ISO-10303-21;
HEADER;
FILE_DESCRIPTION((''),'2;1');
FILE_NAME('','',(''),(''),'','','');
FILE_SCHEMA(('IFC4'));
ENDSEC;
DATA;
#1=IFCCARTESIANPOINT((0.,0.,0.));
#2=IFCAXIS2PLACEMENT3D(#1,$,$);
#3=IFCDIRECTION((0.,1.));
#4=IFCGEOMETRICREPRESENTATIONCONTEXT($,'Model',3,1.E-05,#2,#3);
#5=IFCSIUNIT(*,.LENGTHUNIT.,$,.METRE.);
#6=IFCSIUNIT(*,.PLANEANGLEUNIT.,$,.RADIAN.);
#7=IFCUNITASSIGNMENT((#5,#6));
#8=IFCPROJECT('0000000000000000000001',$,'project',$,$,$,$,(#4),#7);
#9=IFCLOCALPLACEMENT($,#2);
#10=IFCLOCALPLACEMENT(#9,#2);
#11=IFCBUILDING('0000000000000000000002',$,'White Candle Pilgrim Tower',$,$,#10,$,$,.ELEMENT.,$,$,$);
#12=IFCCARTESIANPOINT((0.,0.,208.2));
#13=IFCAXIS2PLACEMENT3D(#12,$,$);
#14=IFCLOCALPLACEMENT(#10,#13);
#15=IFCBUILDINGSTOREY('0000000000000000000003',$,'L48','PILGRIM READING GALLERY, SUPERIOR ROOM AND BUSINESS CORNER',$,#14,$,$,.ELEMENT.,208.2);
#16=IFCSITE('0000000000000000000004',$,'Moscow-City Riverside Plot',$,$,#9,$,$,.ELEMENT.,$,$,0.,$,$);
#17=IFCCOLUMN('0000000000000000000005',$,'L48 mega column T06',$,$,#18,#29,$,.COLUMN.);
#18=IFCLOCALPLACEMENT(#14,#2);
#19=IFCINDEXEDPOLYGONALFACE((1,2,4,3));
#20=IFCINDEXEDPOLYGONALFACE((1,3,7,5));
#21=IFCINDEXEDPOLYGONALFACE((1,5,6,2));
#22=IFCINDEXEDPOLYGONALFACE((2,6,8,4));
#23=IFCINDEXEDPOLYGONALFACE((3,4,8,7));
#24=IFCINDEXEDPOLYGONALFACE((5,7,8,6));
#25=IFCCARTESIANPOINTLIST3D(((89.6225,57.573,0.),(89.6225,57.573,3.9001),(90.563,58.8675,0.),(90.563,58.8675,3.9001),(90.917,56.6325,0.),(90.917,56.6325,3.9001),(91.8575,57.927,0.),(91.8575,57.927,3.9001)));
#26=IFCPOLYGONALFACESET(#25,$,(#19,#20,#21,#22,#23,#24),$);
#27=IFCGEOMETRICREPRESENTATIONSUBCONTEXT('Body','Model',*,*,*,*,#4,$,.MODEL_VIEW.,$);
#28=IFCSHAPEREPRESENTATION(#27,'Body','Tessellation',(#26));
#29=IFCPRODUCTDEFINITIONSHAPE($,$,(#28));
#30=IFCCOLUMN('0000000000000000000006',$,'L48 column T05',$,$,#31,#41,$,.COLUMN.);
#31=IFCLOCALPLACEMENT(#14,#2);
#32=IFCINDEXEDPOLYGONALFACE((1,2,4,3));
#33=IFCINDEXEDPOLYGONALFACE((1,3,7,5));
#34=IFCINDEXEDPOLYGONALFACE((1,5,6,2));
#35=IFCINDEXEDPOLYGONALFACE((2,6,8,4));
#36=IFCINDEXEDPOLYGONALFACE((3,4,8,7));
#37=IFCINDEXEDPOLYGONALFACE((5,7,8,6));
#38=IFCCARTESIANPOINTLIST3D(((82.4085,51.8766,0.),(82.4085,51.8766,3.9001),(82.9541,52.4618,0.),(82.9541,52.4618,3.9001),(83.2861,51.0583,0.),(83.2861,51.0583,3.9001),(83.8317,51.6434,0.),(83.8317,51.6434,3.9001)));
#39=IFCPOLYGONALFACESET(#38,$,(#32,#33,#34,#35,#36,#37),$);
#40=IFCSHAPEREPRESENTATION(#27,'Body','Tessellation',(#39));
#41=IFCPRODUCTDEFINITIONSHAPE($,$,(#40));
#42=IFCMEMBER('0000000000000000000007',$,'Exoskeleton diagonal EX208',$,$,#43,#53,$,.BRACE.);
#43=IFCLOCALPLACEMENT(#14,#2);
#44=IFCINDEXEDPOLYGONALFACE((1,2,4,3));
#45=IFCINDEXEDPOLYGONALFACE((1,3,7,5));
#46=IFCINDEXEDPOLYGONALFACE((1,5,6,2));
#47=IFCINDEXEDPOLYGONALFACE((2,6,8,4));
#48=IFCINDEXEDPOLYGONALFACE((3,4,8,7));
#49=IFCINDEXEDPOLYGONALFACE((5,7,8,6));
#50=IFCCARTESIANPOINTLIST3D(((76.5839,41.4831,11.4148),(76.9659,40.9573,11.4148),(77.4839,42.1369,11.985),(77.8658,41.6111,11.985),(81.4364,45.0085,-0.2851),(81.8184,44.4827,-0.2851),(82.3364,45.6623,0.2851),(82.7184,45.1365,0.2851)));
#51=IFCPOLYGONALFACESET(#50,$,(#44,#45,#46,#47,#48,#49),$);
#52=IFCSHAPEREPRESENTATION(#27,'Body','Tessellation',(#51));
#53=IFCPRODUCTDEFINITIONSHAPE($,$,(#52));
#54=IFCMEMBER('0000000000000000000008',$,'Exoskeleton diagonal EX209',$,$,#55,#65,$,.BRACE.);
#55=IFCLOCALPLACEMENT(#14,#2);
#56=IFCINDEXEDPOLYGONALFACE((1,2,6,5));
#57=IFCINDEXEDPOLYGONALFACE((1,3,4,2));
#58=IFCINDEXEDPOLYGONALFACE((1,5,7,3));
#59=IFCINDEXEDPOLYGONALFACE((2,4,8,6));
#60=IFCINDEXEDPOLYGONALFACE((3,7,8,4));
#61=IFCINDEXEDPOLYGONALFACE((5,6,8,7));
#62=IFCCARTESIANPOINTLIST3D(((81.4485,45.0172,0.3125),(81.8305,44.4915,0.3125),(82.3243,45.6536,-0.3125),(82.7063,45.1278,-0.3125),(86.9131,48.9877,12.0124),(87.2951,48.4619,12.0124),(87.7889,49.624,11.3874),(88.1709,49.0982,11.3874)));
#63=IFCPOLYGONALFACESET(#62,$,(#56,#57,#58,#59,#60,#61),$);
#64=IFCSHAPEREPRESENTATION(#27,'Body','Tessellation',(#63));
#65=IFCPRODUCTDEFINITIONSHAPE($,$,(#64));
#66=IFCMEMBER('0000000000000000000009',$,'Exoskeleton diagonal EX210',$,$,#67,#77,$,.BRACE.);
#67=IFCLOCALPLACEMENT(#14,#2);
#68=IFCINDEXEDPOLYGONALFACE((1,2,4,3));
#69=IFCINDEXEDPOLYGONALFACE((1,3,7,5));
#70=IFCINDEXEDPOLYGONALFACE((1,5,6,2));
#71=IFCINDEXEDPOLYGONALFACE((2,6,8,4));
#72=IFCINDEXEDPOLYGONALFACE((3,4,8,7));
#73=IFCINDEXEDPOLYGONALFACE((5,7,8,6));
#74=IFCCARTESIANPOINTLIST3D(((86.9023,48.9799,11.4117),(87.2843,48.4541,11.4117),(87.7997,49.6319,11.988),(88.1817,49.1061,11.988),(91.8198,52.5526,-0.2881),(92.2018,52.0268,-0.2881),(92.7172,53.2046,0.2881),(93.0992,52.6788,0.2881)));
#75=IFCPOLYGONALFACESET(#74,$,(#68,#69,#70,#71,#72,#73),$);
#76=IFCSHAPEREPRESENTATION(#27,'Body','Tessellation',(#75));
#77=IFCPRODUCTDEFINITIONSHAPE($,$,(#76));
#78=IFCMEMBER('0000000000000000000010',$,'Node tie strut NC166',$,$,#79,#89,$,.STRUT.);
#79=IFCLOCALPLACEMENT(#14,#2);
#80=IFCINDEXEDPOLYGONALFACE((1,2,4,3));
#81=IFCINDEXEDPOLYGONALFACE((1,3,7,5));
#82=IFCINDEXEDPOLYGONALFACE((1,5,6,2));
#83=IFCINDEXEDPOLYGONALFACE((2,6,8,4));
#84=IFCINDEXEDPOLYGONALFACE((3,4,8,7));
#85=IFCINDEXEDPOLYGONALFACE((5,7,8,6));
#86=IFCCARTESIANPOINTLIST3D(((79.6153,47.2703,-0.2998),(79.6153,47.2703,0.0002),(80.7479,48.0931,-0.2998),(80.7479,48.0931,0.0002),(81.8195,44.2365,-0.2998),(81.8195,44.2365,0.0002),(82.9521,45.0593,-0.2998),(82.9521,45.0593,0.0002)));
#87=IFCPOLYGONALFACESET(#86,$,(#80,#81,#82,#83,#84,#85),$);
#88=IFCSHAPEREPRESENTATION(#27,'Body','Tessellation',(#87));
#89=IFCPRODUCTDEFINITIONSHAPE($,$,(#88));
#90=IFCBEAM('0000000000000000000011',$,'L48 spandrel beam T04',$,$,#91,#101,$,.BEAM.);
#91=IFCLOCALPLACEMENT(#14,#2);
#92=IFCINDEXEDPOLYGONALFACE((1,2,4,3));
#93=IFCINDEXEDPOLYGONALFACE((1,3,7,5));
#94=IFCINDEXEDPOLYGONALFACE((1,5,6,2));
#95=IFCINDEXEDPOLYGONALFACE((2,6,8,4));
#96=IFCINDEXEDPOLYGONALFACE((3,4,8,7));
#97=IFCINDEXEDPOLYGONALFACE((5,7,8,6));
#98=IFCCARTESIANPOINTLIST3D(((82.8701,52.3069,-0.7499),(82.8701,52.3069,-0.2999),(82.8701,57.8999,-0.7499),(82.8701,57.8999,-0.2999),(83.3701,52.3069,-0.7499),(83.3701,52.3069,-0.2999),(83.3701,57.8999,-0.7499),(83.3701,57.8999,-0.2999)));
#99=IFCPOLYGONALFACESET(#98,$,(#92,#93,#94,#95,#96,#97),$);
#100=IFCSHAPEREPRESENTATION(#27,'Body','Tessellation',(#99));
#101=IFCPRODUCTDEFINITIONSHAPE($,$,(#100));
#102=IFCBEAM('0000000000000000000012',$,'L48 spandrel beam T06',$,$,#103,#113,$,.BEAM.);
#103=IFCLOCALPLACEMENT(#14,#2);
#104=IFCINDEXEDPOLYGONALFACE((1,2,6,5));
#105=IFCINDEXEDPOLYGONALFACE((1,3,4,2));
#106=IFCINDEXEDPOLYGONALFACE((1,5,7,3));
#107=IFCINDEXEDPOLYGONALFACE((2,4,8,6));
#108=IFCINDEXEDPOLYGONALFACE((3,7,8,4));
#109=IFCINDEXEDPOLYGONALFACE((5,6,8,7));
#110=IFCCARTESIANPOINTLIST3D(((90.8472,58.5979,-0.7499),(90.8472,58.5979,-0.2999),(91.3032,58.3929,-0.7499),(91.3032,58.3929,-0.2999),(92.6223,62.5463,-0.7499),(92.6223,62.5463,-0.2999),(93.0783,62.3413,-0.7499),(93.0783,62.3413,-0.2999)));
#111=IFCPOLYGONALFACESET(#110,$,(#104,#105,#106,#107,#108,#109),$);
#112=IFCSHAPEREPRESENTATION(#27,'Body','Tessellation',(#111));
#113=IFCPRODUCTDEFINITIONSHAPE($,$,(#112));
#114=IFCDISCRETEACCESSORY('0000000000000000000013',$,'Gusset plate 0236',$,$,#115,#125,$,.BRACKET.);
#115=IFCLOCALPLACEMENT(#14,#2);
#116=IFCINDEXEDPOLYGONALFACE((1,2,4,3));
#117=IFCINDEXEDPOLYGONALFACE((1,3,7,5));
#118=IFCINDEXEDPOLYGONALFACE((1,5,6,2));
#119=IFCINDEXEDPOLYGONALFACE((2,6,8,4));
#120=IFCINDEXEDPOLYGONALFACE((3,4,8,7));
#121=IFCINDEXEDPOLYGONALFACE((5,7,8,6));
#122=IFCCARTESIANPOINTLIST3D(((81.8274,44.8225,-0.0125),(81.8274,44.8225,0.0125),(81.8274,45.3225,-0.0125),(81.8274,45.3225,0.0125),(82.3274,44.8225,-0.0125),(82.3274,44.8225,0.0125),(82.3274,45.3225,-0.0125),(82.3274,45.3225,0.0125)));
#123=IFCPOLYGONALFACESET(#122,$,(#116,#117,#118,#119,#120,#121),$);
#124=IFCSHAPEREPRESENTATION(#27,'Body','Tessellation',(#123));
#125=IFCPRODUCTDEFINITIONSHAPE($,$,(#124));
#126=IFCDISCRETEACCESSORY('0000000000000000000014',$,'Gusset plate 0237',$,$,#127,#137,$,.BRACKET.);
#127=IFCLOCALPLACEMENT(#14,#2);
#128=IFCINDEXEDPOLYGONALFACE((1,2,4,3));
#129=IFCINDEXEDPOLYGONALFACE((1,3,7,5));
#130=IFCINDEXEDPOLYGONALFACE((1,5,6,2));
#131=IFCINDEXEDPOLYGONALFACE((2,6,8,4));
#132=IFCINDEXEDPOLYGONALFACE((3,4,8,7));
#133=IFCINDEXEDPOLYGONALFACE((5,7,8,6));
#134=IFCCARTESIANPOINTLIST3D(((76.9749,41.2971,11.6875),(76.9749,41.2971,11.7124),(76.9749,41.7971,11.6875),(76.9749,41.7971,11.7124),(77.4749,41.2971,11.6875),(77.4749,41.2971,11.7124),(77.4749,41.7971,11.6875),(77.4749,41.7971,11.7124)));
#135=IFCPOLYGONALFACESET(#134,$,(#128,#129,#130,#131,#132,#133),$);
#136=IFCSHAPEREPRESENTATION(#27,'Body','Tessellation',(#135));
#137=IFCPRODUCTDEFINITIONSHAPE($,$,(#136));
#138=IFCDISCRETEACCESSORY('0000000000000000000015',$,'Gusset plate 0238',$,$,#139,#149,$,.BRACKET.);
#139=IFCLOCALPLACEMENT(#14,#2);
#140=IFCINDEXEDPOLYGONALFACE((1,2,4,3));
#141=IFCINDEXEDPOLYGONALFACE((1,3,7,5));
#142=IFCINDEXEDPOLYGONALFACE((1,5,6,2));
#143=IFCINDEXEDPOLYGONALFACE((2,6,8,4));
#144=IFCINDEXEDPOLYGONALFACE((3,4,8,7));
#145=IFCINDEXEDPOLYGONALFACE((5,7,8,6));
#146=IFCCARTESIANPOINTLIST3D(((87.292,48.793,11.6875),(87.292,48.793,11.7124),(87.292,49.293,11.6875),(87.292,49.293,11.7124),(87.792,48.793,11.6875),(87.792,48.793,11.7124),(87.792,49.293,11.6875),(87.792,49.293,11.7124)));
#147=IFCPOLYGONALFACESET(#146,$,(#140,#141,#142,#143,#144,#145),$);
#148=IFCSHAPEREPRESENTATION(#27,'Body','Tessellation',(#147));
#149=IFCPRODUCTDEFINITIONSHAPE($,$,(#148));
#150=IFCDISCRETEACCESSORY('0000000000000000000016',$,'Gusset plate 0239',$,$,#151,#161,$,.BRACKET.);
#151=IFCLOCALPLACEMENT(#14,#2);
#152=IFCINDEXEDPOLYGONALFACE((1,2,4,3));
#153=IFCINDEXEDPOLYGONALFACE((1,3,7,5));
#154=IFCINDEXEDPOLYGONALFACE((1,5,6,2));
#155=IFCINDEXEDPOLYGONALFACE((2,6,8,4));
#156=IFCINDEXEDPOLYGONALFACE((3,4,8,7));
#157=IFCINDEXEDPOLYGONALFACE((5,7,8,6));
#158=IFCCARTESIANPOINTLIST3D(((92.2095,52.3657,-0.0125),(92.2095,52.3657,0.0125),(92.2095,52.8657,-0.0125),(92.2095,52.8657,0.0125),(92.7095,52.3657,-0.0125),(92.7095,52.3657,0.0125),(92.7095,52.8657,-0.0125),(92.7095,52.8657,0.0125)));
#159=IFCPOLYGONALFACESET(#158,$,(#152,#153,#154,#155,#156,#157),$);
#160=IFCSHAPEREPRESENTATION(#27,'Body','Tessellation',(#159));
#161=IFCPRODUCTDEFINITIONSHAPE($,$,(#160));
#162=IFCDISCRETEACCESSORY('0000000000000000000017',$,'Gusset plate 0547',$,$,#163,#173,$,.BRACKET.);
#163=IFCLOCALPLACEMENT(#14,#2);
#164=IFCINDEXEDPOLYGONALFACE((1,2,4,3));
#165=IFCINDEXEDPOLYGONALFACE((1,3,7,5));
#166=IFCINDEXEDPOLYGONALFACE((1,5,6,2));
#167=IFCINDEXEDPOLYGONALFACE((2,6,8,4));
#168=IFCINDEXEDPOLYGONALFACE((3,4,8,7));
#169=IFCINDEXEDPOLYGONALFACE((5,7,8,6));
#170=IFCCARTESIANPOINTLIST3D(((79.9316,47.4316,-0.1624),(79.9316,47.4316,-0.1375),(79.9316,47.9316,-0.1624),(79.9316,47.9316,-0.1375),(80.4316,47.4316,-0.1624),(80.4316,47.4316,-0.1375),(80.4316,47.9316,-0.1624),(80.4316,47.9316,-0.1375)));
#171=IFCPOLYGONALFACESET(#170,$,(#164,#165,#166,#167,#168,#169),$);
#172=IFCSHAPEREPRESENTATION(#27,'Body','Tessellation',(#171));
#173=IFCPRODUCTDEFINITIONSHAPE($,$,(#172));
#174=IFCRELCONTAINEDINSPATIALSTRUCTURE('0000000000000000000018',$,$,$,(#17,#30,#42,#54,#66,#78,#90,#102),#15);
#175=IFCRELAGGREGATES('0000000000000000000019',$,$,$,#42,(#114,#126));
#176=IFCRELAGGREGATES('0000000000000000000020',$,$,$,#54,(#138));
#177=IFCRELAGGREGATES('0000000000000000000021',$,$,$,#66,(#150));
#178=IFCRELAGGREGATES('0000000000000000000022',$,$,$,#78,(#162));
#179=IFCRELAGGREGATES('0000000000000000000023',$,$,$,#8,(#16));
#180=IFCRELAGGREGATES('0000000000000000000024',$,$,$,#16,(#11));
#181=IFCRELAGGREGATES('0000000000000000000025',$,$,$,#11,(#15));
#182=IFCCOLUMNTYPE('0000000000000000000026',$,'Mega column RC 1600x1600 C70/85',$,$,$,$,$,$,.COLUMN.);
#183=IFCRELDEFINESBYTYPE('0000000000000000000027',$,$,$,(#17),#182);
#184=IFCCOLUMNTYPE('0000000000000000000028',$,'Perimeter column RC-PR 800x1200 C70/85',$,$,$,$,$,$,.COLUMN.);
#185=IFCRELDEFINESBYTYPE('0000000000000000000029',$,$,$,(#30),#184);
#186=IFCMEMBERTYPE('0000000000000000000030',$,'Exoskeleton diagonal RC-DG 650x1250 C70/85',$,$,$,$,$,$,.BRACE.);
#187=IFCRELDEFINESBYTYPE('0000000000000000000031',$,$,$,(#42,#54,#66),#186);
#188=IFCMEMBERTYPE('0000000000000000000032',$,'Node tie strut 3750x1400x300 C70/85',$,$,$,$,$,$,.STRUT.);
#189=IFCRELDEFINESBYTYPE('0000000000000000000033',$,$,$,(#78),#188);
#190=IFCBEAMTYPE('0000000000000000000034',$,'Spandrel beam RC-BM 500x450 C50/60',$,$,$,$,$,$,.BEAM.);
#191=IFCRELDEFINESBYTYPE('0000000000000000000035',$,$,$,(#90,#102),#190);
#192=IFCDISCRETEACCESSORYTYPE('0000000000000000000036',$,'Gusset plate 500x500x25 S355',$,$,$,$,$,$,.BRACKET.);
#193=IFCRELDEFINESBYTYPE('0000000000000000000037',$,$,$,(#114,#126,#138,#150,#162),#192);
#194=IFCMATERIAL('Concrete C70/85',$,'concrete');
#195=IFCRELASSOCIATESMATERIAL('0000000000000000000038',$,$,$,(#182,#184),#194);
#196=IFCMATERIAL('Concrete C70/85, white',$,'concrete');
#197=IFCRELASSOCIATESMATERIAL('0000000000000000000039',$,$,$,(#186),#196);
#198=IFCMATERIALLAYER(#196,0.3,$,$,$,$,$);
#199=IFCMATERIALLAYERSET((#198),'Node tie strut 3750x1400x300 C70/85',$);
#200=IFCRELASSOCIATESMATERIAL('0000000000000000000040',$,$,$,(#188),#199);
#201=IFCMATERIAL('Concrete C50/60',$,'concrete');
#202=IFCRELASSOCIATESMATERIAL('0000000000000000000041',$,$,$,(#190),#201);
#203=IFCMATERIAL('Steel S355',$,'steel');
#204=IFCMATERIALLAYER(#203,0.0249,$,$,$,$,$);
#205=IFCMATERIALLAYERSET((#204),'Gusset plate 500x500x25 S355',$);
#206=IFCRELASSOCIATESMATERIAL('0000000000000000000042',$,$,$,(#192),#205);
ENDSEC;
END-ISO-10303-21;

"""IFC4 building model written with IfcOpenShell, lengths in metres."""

from ifc_helpers import new_model, si_unit, direction, frame, origin, origin_2d, place, context, subcontext, project, spatial, rectangle, extrude, material, layer, layer_set, material_profile, profile_set, type_object, element, aggregate, save


model = new_model("IFC4")

# Units and contexts
model_context = context("Model", 3, precision=1e-05, world=origin(), true_north=direction((0.0, 1.0)))
body_context = subcontext(model_context, "Body", "Model", "MODEL_VIEW")
ifc_project = project(units=[si_unit("LENGTHUNIT", "METRE"), si_unit("PLANEANGLEUNIT", "RADIAN")], contexts=[model_context])

# Site, building, storey
site_placement = place(None, origin())
site = spatial("IfcSite", under=ifc_project, at=site_placement, Name="Moscow-City Riverside Plot", CompositionType="ELEMENT", RefElevation=0.0)
building_placement = place(site_placement, origin())
building = spatial("IfcBuilding", under=site, at=building_placement, Name="White Candle Pilgrim Tower", CompositionType="ELEMENT")
storey_placement = place(building_placement, frame((0.0, 0.0, 208.2)))
storey = spatial("IfcBuildingStorey", under=building, at=storey_placement, Name="L48", Description="PILGRIM READING GALLERY, SUPERIOR ROOM AND BUSINESS CORNER", CompositionType="ELEMENT", Elevation=208.2)

# Columns
ifc_material_1 = material(Name="Concrete C70/85", Category="concrete")
ifc_material_profile_1 = material_profile(ifc_material_1, rectangle(XDim=1.6001, YDim=1.6001, at=origin_2d()), Name="RC 1600x1600")
ifc_profile_set_1 = profile_set([ifc_material_profile_1], Name="Concrete C70/85")
column_type_1 = type_object("IfcColumnType", Name="Mega column RC 1600x1600 C70/85", PredefinedType="COLUMN", material=ifc_profile_set_1)
column_1_placement = place(storey_placement, frame((90.74, 57.75, 0.0), z_axis=(0.0, 0.0, 1.0), x_axis=(0.809017, -0.587785, 0.0)))
element("IfcColumn", 1, at=column_1_placement, inside=storey, type_object=column_type_1, Name="L48 mega column T06", PredefinedType="COLUMN", context=body_context, shape_type="SweptSolid", body=[
    extrude(rectangle(XDim=1.6001, YDim=1.6001, at=origin_2d()), origin(), (0.0, 0.0, 1.0), 3.9001),
])
ifc_material_profile_2 = material_profile(ifc_material_1, rectangle(XDim=0.8, YDim=1.2, at=origin_2d()), Name="RC-PR 800x1200")
ifc_profile_set_2 = profile_set([ifc_material_profile_2], Name="Concrete C70/85")
column_type_2 = type_object("IfcColumnType", Name="Perimeter column RC-PR 800x1200 C70/85", PredefinedType="COLUMN", material=ifc_profile_set_2)
column_2_placement = place(storey_placement, frame((83.1201, 51.76, 0.0), z_axis=(0.0, 0.0, 1.0), x_axis=(-0.681998, -0.731354, 0.0)))
element("IfcColumn", 2, at=column_2_placement, inside=storey, type_object=column_type_2, Name="L48 column T05", PredefinedType="COLUMN", context=body_context, shape_type="SweptSolid", body=[
    extrude(rectangle(XDim=0.8, YDim=1.2, at=origin_2d()), origin(), (0.0, 0.0, 1.0), 3.9001),
])

# Members
ifc_material_2 = material(Name="Concrete C70/85, white", Category="concrete")
ifc_material_profile_3 = material_profile(ifc_material_2, rectangle(XDim=0.6499, YDim=1.25, at=origin_2d()), Name="RC-DG 650x1250")
ifc_profile_set_3 = profile_set([ifc_material_profile_3], Name="Concrete C70/85, white")
member_type_1 = type_object("IfcMemberType", Name="Exoskeleton diagonal RC-DG 650x1250 C70/85", PredefinedType="BRACE", material=ifc_profile_set_3)
member_1_placement = place(storey_placement, frame((82.0774, 45.0725, 0.0), z_axis=(-0.369076, -0.268136, 0.88988), x_axis=(0.587765, -0.809032, 0.0)))
member_1 = element("IfcMember", 3, at=member_1_placement, inside=storey, type_object=member_type_1, Name="Exoskeleton diagonal EX208", PredefinedType="BRACE", context=body_context, shape_type="SweptSolid", body=[
    extrude(rectangle(XDim=0.6499, YDim=1.25, at=origin_2d()), origin(), (0.0, 0.0, 1.0), 13.1477),
])
member_2_placement = place(storey_placement, frame((82.0774, 45.0725, 0.0), z_axis=(0.404491, 0.293894, 0.866033), x_axis=(-0.587804, 0.809003, 0.0)))
member_2 = element("IfcMember", 4, at=member_2_placement, inside=storey, type_object=member_type_1, Name="Exoskeleton diagonal EX209", PredefinedType="BRACE", context=body_context, shape_type="SweptSolid", body=[
    extrude(rectangle(XDim=0.6499, YDim=1.25, at=origin_2d()), origin(), (0.0, 0.0, 1.0), 13.5098),
])
member_3_placement = place(storey_placement, frame((92.4595, 52.6157, 0.0), z_axis=(-0.37297, -0.270978, 0.887392), x_axis=(0.587785, -0.809017, 0.0)))
member_3 = element("IfcMember", 5, at=member_3_placement, inside=storey, type_object=member_type_1, Name="Exoskeleton diagonal EX210", PredefinedType="BRACE", context=body_context, shape_type="SweptSolid", body=[
    extrude(rectangle(XDim=0.6499, YDim=1.25, at=origin_2d()), origin(), (0.0, 0.0, 1.0), 13.1846),
])
ifc_layer_1 = layer(ifc_material_2, 0.3)
ifc_layer_set_1 = layer_set([ifc_layer_1], Name="Node tie strut 3750x1400x300 C70/85")
member_type_2 = type_object("IfcMemberType", Name="Node tie strut 3750x1400x300 C70/85", PredefinedType="STRUT", material=ifc_layer_set_1)
member_4_placement = place(storey_placement, frame((81.2837, 46.1648, -0.2998), z_axis=(0.0, 0.0, 1.0), x_axis=(0.809017, 0.587785, 0.0)))
member_4 = element("IfcMember", 6, at=member_4_placement, inside=storey, type_object=member_type_2, Name="Node tie strut NC166", PredefinedType="STRUT", context=body_context, shape_type="SweptSolid", body=[
    extrude(rectangle(XDim=1.3999, YDim=3.75, at=origin_2d()), origin(), (0.0, 0.0, 1.0), 0.3),
])

# Beams
ifc_material_3 = material(Name="Concrete C50/60", Category="concrete")
ifc_material_profile_4 = material_profile(ifc_material_3, rectangle(XDim=0.5, YDim=0.45, at=origin_2d()), Name="RC-BM 500x450")
ifc_profile_set_4 = profile_set([ifc_material_profile_4], Name="Concrete C50/60")
beam_type_1 = type_object("IfcBeamType", Name="Spandrel beam RC-BM 500x450 C50/60", PredefinedType="BEAM", material=ifc_profile_set_4)
beam_1_placement = place(storey_placement, frame((83.1201, 52.3069, -0.5249), z_axis=(0.0, 1.0, 0.0), x_axis=(-1.0, 0.0, 0.0)))
element("IfcBeam", 7, at=beam_1_placement, inside=storey, type_object=beam_type_1, Name="L48 spandrel beam T04", PredefinedType="BEAM", context=body_context, shape_type="SweptSolid", body=[
    extrude(rectangle(XDim=0.5, YDim=0.45, at=origin_2d()), origin(), (0.0, 0.0, 1.0), 5.593),
])
beam_2_placement = place(storey_placement, frame((91.0752, 58.4954, -0.5249), z_axis=(0.410043, 0.912066, 0.0), x_axis=(-0.912066, 0.410043, 0.0)))
element("IfcBeam", 8, at=beam_2_placement, inside=storey, type_object=beam_type_1, Name="L48 spandrel beam T06", PredefinedType="BEAM", context=body_context, shape_type="SweptSolid", body=[
    extrude(rectangle(XDim=0.5, YDim=0.45, at=origin_2d()), origin(), (0.0, 0.0, 1.0), 4.3291),
])

# Discrete accessories
ifc_material_4 = material(Name="Steel S355", Category="steel")
ifc_layer_2 = layer(ifc_material_4, 0.0249)
ifc_layer_set_2 = layer_set([ifc_layer_2], Name="Gusset plate 500x500x25 S355")
discrete_accessory_type = type_object("IfcDiscreteAccessoryType", Name="Gusset plate 500x500x25 S355", PredefinedType="BRACKET", material=ifc_layer_set_2)
discrete_accessory_1_placement = place(storey_placement, frame((82.0774, 45.0725, -0.0125), z_axis=(0.0, 0.0, 1.0), x_axis=(1.0, 0.0, 0.0)))
discrete_accessory_1 = element("IfcDiscreteAccessory", 9, at=discrete_accessory_1_placement, type_object=discrete_accessory_type, Name="Gusset plate 0236", PredefinedType="BRACKET", context=body_context, shape_type="SweptSolid", body=[
    extrude(rectangle(XDim=0.5, YDim=0.5, at=origin_2d()), origin(), (0.0, 0.0, 1.0), 0.0249),
])
placement = place(building_placement, frame((0.0, 0.0, 219.8999)))
discrete_accessory_2_placement = place(placement, frame((77.2249, 41.5471, -0.0125), z_axis=(0.0, 0.0, 1.0), x_axis=(1.0, 0.0, 0.0)))
discrete_accessory_2 = element("IfcDiscreteAccessory", 10, at=discrete_accessory_2_placement, type_object=discrete_accessory_type, Name="Gusset plate 0237", PredefinedType="BRACKET", context=body_context, shape_type="SweptSolid", body=[
    extrude(rectangle(XDim=0.5, YDim=0.5, at=origin_2d()), origin(), (0.0, 0.0, 1.0), 0.0249),
])
aggregate(member_1, [discrete_accessory_1, discrete_accessory_2])
discrete_accessory_3_placement = place(placement, frame((87.542, 49.043, -0.0125), z_axis=(0.0, 0.0, 1.0), x_axis=(1.0, 0.0, 0.0)))
discrete_accessory_3 = element("IfcDiscreteAccessory", 11, at=discrete_accessory_3_placement, type_object=discrete_accessory_type, Name="Gusset plate 0238", PredefinedType="BRACKET", context=body_context, shape_type="SweptSolid", body=[
    extrude(rectangle(XDim=0.5, YDim=0.5, at=origin_2d()), origin(), (0.0, 0.0, 1.0), 0.0249),
])
aggregate(member_2, [discrete_accessory_3])
discrete_accessory_4_placement = place(storey_placement, frame((92.4595, 52.6157, -0.0125), z_axis=(0.0, 0.0, 1.0), x_axis=(1.0, 0.0, 0.0)))
discrete_accessory_4 = element("IfcDiscreteAccessory", 12, at=discrete_accessory_4_placement, type_object=discrete_accessory_type, Name="Gusset plate 0239", PredefinedType="BRACKET", context=body_context, shape_type="SweptSolid", body=[
    extrude(rectangle(XDim=0.5, YDim=0.5, at=origin_2d()), origin(), (0.0, 0.0, 1.0), 0.0249),
])
aggregate(member_3, [discrete_accessory_4])
discrete_accessory_5_placement = place(storey_placement, frame((80.1816, 47.6816, -0.1624), z_axis=(0.0, 0.0, 1.0), x_axis=(1.0, 0.0, 0.0)))
discrete_accessory_5 = element("IfcDiscreteAccessory", 13, at=discrete_accessory_5_placement, type_object=discrete_accessory_type, Name="Gusset plate 0547", PredefinedType="BRACKET", context=body_context, shape_type="SweptSolid", body=[
    extrude(rectangle(XDim=0.5, YDim=0.5, at=origin_2d()), origin(), (0.0, 0.0, 1.0), 0.0249),
])
aggregate(member_4, [discrete_accessory_5])

save(model, "model.ifc")
